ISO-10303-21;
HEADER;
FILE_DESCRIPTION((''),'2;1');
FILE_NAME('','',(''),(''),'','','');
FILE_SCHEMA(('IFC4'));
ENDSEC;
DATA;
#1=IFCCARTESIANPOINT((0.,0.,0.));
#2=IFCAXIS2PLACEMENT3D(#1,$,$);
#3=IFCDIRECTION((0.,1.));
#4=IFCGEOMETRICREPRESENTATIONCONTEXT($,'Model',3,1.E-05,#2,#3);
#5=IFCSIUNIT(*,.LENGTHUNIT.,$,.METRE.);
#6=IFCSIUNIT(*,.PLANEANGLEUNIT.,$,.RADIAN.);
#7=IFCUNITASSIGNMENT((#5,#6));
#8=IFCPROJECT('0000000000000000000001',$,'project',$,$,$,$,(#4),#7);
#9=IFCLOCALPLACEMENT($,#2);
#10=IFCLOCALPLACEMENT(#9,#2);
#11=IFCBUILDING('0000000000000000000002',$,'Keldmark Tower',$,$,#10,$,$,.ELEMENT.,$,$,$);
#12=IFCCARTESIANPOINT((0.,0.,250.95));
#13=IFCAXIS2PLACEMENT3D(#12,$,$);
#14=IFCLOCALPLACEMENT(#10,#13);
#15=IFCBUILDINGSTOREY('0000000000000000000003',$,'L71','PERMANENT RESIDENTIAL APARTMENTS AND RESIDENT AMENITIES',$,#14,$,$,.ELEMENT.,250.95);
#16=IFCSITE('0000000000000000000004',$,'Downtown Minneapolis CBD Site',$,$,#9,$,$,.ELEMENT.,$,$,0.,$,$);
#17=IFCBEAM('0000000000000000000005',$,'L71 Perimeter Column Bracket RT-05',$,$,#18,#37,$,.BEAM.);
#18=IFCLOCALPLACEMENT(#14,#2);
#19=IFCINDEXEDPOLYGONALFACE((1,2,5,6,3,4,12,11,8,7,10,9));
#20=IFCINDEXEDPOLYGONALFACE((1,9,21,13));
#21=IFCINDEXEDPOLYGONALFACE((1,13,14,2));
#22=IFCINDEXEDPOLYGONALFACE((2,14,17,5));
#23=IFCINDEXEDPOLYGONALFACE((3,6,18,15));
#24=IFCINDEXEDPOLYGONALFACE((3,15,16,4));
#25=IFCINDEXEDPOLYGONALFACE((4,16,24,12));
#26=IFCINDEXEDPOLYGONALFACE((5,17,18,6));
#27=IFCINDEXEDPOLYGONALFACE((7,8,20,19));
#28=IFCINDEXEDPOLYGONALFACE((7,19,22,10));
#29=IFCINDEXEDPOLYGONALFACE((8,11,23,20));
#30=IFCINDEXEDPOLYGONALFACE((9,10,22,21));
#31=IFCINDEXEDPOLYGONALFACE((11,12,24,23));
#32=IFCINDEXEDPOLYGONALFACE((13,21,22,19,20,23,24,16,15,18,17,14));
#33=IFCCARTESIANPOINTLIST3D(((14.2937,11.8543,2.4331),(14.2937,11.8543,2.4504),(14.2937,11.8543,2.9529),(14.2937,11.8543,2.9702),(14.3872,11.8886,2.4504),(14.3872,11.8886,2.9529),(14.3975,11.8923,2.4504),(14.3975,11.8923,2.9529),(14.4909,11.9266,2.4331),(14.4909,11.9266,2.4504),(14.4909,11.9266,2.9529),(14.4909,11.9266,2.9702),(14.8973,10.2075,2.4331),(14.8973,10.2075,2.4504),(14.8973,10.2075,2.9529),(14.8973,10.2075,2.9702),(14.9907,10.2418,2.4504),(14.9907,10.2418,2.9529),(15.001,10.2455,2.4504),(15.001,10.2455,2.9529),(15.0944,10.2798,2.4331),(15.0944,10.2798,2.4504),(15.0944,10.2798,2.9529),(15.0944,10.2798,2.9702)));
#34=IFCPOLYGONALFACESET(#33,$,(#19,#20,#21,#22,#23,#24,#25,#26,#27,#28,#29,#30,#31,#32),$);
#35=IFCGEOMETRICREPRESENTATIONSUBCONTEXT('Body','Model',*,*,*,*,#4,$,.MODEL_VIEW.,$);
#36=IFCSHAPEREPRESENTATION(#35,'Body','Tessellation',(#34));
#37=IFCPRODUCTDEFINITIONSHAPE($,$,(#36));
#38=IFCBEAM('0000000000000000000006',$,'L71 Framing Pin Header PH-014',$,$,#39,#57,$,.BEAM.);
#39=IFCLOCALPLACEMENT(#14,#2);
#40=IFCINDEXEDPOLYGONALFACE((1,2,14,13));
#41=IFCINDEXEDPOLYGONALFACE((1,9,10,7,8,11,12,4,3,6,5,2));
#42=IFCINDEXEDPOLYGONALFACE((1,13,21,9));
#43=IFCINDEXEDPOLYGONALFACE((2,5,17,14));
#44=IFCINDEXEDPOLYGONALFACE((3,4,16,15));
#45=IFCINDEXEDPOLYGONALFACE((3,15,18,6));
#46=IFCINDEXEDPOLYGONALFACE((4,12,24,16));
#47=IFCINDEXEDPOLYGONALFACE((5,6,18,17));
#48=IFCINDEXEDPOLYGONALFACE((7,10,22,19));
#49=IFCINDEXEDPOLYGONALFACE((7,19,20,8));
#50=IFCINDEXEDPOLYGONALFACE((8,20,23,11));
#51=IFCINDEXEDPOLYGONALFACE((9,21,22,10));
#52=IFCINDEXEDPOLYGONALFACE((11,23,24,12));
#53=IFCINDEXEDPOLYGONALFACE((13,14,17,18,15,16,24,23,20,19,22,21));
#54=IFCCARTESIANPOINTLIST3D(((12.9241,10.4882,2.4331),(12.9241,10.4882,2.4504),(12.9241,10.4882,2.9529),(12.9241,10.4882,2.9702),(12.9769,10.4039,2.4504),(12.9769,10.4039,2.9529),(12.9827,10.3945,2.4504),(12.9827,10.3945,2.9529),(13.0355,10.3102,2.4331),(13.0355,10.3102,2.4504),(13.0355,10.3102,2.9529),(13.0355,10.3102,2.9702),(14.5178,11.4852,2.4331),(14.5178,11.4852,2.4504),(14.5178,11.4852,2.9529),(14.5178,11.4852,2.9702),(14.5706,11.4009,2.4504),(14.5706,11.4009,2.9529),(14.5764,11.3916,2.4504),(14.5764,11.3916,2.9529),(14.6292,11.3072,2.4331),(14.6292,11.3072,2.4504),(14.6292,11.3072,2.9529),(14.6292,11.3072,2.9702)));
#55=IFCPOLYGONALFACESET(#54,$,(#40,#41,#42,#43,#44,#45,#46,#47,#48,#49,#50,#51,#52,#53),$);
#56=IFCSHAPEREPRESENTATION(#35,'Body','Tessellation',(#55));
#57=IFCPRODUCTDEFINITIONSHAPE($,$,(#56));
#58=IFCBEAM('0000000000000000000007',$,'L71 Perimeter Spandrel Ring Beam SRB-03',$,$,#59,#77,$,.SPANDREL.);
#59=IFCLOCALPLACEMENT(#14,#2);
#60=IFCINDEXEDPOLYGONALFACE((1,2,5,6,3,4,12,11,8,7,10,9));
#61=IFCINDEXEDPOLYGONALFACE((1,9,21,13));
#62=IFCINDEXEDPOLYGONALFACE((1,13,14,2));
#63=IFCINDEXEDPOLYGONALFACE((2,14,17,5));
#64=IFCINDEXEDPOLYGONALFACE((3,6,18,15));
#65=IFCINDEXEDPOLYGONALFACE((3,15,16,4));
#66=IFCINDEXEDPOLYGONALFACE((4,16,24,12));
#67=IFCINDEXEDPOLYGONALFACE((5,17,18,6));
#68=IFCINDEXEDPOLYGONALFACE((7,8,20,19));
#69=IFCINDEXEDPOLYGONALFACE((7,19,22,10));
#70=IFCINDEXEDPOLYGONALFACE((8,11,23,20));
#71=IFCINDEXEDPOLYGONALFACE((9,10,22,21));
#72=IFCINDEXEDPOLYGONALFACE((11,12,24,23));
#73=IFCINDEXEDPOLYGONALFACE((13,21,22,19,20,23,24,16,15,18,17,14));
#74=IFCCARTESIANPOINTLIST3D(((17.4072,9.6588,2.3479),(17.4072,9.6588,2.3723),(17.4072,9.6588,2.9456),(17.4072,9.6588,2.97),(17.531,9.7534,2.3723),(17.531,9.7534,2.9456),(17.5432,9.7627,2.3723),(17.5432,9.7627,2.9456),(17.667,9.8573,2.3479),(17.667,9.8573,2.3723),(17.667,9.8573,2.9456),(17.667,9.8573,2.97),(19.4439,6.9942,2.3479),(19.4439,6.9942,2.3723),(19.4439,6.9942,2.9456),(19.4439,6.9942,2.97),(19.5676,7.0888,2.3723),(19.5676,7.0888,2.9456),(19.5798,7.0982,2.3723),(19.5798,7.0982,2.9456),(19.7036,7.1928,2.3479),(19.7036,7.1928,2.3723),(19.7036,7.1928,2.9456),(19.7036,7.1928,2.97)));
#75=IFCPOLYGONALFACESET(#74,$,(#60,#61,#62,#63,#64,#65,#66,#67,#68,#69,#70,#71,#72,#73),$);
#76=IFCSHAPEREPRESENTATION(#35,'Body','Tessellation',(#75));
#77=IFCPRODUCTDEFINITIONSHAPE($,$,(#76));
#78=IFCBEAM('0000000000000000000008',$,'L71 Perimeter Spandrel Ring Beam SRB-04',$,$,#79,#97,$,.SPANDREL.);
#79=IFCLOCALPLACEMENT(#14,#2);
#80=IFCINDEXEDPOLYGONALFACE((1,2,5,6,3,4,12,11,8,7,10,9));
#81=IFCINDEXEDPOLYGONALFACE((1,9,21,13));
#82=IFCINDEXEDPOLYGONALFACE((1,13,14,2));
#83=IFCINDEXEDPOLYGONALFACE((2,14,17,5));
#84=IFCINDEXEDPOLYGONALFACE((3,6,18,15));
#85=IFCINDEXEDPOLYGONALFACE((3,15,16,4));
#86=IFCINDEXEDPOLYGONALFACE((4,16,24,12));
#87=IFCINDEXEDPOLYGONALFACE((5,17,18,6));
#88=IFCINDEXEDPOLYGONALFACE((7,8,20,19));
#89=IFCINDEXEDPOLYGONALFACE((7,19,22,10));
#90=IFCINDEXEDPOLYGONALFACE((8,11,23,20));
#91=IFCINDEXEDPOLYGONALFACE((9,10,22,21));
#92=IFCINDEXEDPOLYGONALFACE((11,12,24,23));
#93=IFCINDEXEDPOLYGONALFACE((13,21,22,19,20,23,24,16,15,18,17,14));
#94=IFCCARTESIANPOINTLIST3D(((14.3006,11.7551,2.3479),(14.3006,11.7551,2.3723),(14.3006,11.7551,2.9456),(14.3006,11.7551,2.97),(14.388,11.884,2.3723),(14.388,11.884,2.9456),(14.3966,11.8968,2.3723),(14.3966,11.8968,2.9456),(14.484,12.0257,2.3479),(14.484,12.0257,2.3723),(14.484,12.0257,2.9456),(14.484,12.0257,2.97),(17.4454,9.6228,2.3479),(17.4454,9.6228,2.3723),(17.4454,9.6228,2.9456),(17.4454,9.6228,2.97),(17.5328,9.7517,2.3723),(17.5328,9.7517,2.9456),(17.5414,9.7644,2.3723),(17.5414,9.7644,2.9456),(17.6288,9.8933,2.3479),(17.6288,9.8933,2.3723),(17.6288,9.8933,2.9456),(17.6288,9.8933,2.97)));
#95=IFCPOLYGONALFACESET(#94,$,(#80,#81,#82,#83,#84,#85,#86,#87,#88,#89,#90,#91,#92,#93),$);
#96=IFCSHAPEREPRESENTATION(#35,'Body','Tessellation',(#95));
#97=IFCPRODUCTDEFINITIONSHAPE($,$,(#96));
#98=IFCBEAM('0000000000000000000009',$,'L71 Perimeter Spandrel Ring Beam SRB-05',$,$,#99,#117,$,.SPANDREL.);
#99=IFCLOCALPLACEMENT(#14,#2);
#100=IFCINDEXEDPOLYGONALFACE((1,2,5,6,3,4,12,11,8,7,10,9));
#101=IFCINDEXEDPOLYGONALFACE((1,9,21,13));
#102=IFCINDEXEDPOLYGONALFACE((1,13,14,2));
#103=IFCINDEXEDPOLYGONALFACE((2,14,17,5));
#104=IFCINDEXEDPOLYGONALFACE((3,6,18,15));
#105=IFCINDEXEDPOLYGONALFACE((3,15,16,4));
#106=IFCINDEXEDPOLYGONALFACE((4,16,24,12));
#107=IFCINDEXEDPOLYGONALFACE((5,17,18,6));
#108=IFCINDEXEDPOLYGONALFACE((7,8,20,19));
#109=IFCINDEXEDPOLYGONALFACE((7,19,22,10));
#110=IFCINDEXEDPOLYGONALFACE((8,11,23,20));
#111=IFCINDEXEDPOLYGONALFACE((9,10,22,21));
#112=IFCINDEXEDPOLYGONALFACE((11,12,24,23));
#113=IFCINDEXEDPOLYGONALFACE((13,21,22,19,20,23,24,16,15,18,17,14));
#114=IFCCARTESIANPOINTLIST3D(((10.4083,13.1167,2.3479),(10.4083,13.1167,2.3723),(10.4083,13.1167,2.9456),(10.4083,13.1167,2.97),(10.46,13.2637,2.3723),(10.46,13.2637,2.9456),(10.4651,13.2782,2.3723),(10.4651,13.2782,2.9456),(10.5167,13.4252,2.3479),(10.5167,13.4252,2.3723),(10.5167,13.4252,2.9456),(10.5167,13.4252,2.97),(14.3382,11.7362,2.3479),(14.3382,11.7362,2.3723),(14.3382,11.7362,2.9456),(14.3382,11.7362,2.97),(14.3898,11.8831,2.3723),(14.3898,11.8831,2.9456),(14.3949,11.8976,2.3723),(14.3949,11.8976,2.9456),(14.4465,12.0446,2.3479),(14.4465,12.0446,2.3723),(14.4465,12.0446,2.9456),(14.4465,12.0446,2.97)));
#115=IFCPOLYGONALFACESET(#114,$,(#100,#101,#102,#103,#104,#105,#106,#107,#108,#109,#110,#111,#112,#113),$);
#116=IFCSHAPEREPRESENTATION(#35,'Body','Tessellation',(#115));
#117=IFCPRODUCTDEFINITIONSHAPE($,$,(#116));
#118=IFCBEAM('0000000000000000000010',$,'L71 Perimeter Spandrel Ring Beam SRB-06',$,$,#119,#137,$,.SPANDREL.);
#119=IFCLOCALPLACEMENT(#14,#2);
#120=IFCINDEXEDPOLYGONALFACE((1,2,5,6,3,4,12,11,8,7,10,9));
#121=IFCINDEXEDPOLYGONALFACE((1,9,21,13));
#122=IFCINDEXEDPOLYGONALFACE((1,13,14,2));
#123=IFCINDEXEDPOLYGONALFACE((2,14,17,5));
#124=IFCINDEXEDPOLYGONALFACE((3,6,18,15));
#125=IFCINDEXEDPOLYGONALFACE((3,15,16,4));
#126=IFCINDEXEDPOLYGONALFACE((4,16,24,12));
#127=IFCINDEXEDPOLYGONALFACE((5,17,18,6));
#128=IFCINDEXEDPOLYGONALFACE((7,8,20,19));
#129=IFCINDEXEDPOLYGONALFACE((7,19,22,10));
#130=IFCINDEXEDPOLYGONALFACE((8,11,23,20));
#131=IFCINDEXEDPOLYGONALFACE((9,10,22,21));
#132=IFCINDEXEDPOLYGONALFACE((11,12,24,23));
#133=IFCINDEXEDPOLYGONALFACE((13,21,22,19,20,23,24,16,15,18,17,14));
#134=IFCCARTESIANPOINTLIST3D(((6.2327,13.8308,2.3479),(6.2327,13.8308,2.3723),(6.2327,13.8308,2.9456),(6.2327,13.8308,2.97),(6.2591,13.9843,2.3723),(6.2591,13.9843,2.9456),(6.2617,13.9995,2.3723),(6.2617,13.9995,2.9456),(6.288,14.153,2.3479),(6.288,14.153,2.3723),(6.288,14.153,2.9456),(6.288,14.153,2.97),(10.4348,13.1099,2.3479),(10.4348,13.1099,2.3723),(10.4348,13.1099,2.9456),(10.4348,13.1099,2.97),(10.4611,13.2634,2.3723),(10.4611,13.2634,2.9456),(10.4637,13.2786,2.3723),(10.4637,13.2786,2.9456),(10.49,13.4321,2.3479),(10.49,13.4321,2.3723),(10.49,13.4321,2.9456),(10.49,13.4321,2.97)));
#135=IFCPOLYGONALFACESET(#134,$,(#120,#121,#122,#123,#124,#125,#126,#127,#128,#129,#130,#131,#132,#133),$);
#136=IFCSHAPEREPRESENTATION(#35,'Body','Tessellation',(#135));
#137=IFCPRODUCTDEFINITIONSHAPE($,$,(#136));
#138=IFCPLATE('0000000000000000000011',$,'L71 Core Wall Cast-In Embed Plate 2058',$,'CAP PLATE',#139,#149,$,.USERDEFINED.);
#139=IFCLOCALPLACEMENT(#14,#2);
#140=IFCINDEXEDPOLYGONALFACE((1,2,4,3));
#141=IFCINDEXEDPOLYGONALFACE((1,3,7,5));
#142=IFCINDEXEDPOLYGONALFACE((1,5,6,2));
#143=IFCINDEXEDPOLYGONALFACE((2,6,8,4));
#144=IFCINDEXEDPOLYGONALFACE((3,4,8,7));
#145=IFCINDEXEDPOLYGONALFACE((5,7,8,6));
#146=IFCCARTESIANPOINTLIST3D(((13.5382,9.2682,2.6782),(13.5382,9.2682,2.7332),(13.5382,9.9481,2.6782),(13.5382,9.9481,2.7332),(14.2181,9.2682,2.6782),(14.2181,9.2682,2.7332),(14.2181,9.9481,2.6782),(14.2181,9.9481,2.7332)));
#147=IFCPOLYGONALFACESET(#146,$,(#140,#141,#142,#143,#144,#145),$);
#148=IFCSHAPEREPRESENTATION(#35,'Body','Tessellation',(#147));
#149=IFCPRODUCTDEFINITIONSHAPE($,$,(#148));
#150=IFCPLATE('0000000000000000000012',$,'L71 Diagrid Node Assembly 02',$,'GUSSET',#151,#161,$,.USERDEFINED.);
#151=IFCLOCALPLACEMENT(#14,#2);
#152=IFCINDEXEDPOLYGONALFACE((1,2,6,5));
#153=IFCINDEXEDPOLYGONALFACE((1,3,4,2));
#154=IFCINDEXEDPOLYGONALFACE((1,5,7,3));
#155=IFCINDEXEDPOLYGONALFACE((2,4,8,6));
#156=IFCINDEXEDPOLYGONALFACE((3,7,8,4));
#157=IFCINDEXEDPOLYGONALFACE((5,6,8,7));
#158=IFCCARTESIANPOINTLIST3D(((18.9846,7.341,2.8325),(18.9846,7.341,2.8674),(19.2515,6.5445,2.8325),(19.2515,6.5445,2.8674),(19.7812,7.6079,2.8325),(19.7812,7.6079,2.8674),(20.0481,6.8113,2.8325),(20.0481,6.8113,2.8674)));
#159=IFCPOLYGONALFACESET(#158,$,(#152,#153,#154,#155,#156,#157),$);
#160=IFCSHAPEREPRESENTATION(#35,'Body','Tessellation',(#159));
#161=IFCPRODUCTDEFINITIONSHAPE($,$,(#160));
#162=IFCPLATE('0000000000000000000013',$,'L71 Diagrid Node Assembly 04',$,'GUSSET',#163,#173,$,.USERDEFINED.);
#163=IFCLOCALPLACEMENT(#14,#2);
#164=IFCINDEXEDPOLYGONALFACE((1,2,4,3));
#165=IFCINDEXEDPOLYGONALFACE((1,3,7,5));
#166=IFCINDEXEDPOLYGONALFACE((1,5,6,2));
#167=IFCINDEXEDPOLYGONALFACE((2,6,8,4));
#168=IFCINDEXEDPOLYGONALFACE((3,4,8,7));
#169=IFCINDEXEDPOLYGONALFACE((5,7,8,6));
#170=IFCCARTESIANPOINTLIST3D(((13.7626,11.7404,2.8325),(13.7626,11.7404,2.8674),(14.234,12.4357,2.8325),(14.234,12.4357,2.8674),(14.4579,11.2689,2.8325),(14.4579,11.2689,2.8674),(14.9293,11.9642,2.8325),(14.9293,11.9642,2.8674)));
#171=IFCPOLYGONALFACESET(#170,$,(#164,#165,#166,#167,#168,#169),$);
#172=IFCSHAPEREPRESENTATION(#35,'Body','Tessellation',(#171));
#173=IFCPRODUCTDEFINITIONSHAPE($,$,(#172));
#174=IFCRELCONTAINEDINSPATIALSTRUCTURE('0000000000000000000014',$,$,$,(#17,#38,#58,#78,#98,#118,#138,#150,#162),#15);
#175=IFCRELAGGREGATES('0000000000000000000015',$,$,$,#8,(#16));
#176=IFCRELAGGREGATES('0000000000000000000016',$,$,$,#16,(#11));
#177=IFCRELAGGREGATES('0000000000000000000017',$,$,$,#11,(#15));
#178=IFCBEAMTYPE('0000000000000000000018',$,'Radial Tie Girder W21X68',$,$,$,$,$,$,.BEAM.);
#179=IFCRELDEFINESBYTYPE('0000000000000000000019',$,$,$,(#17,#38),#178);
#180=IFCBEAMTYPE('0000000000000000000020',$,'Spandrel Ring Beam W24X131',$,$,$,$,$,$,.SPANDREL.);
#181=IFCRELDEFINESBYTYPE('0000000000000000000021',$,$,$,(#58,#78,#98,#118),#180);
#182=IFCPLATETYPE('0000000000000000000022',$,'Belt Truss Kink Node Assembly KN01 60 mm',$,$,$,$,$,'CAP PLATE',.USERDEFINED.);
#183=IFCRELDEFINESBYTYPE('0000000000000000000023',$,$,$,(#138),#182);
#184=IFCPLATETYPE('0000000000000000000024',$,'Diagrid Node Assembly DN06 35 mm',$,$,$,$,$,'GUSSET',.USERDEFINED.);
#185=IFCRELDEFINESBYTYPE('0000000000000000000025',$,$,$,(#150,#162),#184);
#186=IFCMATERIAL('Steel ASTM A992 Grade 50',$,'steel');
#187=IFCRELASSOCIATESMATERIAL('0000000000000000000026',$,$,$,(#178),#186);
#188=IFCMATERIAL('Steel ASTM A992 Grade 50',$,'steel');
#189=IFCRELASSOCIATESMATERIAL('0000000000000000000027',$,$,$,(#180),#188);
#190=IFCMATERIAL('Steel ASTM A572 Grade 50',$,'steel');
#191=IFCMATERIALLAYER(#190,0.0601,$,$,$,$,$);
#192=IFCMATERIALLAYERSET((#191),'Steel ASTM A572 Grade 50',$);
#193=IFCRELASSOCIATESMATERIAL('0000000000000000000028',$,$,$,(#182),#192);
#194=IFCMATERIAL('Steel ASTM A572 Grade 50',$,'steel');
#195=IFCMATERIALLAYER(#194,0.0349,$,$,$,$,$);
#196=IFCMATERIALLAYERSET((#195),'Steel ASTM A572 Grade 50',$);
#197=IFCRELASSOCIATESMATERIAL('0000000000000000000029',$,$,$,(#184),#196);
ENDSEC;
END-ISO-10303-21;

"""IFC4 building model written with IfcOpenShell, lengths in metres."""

from ifc_helpers import new_model, si_unit, direction, frame, origin, origin_2d, place, context, subcontext, project, spatial, rectangle, i_section, extrude, material, layer, layer_set, material_profile, profile_set, type_object, element, save


model = new_model("IFC4")

# Units and contexts
model_context = context("Model", 3, precision=1e-05, world=origin(), true_north=direction((0.0, 1.0)))
body_context = subcontext(model_context, "Body", "Model", "MODEL_VIEW")
ifc_project = project(units=[si_unit("LENGTHUNIT", "METRE"), si_unit("PLANEANGLEUNIT", "RADIAN")], contexts=[model_context])

# Site, building, storey
site_placement = place(None, origin())
site = spatial("IfcSite", under=ifc_project, at=site_placement, Name="Downtown Minneapolis CBD Site", CompositionType="ELEMENT", RefElevation=0.0)
building_placement = place(site_placement, origin())
building = spatial("IfcBuilding", under=site, at=building_placement, Name="Keldmark Tower", CompositionType="ELEMENT")
storey_placement = place(building_placement, frame((0.0, 0.0, 250.95)))
storey = spatial("IfcBuildingStorey", under=building, at=storey_placement, Name="L71", Description="PERMANENT RESIDENTIAL APARTMENTS AND RESIDENT AMENITIES", CompositionType="ELEMENT", Elevation=250.95)

# Beams
ifc_material_1 = material(Name="Steel ASTM A992 Grade 50", Category="steel")
ifc_material_profile_1 = material_profile(ifc_material_1, i_section(OverallWidth=0.21, OverallDepth=0.5371, WebThickness=0.011, FlangeThickness=0.0173, at=origin_2d()), Name="W21X68")
ifc_profile_set_1 = profile_set([ifc_material_profile_1], Name="Steel ASTM A992 Grade 50")
beam_type_1 = type_object("IfcBeamType", Name="Radial Tie Girder W21X68", PredefinedType="BEAM", material=ifc_profile_set_1)
beam_1_placement = place(storey_placement, frame((14.9958, 10.2437, 2.7017), z_axis=(-0.344111, 0.938929, 0.0), x_axis=(-0.938929, -0.344111, 0.0)))
element("IfcBeam", 1, at=beam_1_placement, inside=storey, type_object=beam_type_1, Name="L71 Perimeter Column Bracket RT-05", PredefinedType="BEAM", context=body_context, shape_type="SweptSolid", body=[
    extrude(i_section(OverallWidth=0.21, OverallDepth=0.5371, WebThickness=0.011, FlangeThickness=0.0173, at=origin_2d()), origin(), (0.0, 0.0, 1.0), 1.7539),
])
beam_2_placement = place(storey_placement, frame((14.5735, 11.3962, 2.7017), z_axis=(-0.847765, -0.530372, 0.0), x_axis=(0.530372, -0.847765, 0.0)))
element("IfcBeam", 2, at=beam_2_placement, inside=storey, type_object=beam_type_1, Name="L71 Framing Pin Header PH-014", PredefinedType="BEAM", context=body_context, shape_type="SweptSolid", body=[
    extrude(i_section(OverallWidth=0.21, OverallDepth=0.5371, WebThickness=0.011, FlangeThickness=0.0173, at=origin_2d()), origin(), (0.0, 0.0, 1.0), 1.8799),
])
ifc_material_2 = material(Name="Steel ASTM A992 Grade 50", Category="steel")
ifc_material_profile_2 = material_profile(ifc_material_2, i_section(OverallWidth=0.3269, OverallDepth=0.6221, WebThickness=0.0154, FlangeThickness=0.0244, at=origin_2d()), Name="W24X131")
ifc_profile_set_2 = profile_set([ifc_material_profile_2], Name="Steel ASTM A992 Grade 50")
beam_type_2 = type_object("IfcBeamType", Name="Spandrel Ring Beam W24X131", PredefinedType="SPANDREL", material=ifc_profile_set_2)
beam_3_placement = place(storey_placement, frame((19.5737, 7.0935, 2.6589), z_axis=(-0.607266, 0.794498, 0.0), x_axis=(-0.794498, -0.607266, 0.0)))
element("IfcBeam", 3, at=beam_3_placement, inside=storey, type_object=beam_type_2, Name="L71 Perimeter Spandrel Ring Beam SRB-03", PredefinedType="SPANDREL", context=body_context, shape_type="SweptSolid", body=[
    extrude(i_section(OverallWidth=0.3269, OverallDepth=0.6221, WebThickness=0.0154, FlangeThickness=0.0244, at=origin_2d()), origin(), (0.0, 0.0, 1.0), 3.3538),
])
beam_4_placement = place(storey_placement, frame((17.5371, 9.7581, 2.6589), z_axis=(-0.827675, 0.561208, 0.0), x_axis=(-0.561208, -0.827675, 0.0)))
element("IfcBeam", 4, at=beam_4_placement, inside=storey, type_object=beam_type_2, Name="L71 Perimeter Spandrel Ring Beam SRB-04", PredefinedType="SPANDREL", context=body_context, shape_type="SweptSolid", body=[
    extrude(i_section(OverallWidth=0.3269, OverallDepth=0.6221, WebThickness=0.0154, FlangeThickness=0.0244, at=origin_2d()), origin(), (0.0, 0.0, 1.0), 3.7996),
])
beam_5_placement = place(storey_placement, frame((14.3923, 11.8904, 2.6589), z_axis=(-0.943473, 0.331449, 0.0), x_axis=(-0.331449, -0.943473, 0.0)))
element("IfcBeam", 5, at=beam_5_placement, inside=storey, type_object=beam_type_2, Name="L71 Perimeter Spandrel Ring Beam SRB-05", PredefinedType="SPANDREL", context=body_context, shape_type="SweptSolid", body=[
    extrude(i_section(OverallWidth=0.3269, OverallDepth=0.6221, WebThickness=0.0154, FlangeThickness=0.0244, at=origin_2d()), origin(), (0.0, 0.0, 1.0), 4.1653),
])
beam_6_placement = place(storey_placement, frame((10.4624, 13.271, 2.6589), z_axis=(-0.9856, 0.169096, 0.0), x_axis=(-0.169096, -0.9856, 0.0)))
element("IfcBeam", 6, at=beam_6_placement, inside=storey, type_object=beam_type_2, Name="L71 Perimeter Spandrel Ring Beam SRB-06", PredefinedType="SPANDREL", context=body_context, shape_type="SweptSolid", body=[
    extrude(i_section(OverallWidth=0.3269, OverallDepth=0.6221, WebThickness=0.0154, FlangeThickness=0.0244, at=origin_2d()), origin(), (0.0, 0.0, 1.0), 4.2634),
])

# Plates
ifc_material_3 = material(Name="Steel ASTM A572 Grade 50", Category="steel")
ifc_layer_1 = layer(ifc_material_3, 0.0601)
ifc_layer_set_1 = layer_set([ifc_layer_1], Name="Steel ASTM A572 Grade 50")
plate_type_1 = type_object("IfcPlateType", Name="Belt Truss Kink Node Assembly KN01 60 mm", ElementType="CAP PLATE", PredefinedType="USERDEFINED", material=ifc_layer_set_1)
plate_placement = place(storey_placement, frame((13.8782, 9.6082, 2.6782), z_axis=(0.0, 0.0, 1.0), x_axis=(1.0, 0.0, 0.0)))
element("IfcPlate", 7, at=plate_placement, inside=storey, type_object=plate_type_1, Name="L71 Core Wall Cast-In Embed Plate 2058", ObjectType="CAP PLATE", PredefinedType="USERDEFINED", context=body_context, shape_type="SweptSolid", body=[
    extrude(rectangle(XDim=0.6799, YDim=0.6799, at=origin_2d()), origin(), (0.0, 0.0, 1.0), 0.0549),
])
ifc_material_4 = material(Name="Steel ASTM A572 Grade 50", Category="steel")
ifc_layer_2 = layer(ifc_material_4, 0.0349)
ifc_layer_set_2 = layer_set([ifc_layer_2], Name="Steel ASTM A572 Grade 50")
plate_type_2 = type_object("IfcPlateType", Name="Diagrid Node Assembly DN06 35 mm", ElementType="GUSSET", PredefinedType="USERDEFINED", material=ifc_layer_set_2)
for number, where, z_axis, x_axis, name in (
    (8, (19.5164, 7.0762, 2.8325), (0.0, 0.0, 1.0), (-0.317636, 0.948213, 0.0), "L71 Diagrid Node Assembly 02"),
    (9, (14.3459, 11.8523, 2.8325), (0.0, 0.0, 1.0), (-0.827669, 0.561217, 0.0), "L71 Diagrid Node Assembly 04"),
):
    element("IfcPlate", number, at=place(storey_placement, frame(where, z_axis=z_axis, x_axis=x_axis)), inside=storey, type_object=plate_type_2, Name=name, ObjectType="GUSSET", PredefinedType="USERDEFINED", context=body_context, shape_type="SweptSolid", body=[
        extrude(rectangle(XDim=0.8401, YDim=0.8401, at=origin_2d()), origin(), (0.0, 0.0, 1.0), 0.0349),
    ])

save(model, "model.ifc")
